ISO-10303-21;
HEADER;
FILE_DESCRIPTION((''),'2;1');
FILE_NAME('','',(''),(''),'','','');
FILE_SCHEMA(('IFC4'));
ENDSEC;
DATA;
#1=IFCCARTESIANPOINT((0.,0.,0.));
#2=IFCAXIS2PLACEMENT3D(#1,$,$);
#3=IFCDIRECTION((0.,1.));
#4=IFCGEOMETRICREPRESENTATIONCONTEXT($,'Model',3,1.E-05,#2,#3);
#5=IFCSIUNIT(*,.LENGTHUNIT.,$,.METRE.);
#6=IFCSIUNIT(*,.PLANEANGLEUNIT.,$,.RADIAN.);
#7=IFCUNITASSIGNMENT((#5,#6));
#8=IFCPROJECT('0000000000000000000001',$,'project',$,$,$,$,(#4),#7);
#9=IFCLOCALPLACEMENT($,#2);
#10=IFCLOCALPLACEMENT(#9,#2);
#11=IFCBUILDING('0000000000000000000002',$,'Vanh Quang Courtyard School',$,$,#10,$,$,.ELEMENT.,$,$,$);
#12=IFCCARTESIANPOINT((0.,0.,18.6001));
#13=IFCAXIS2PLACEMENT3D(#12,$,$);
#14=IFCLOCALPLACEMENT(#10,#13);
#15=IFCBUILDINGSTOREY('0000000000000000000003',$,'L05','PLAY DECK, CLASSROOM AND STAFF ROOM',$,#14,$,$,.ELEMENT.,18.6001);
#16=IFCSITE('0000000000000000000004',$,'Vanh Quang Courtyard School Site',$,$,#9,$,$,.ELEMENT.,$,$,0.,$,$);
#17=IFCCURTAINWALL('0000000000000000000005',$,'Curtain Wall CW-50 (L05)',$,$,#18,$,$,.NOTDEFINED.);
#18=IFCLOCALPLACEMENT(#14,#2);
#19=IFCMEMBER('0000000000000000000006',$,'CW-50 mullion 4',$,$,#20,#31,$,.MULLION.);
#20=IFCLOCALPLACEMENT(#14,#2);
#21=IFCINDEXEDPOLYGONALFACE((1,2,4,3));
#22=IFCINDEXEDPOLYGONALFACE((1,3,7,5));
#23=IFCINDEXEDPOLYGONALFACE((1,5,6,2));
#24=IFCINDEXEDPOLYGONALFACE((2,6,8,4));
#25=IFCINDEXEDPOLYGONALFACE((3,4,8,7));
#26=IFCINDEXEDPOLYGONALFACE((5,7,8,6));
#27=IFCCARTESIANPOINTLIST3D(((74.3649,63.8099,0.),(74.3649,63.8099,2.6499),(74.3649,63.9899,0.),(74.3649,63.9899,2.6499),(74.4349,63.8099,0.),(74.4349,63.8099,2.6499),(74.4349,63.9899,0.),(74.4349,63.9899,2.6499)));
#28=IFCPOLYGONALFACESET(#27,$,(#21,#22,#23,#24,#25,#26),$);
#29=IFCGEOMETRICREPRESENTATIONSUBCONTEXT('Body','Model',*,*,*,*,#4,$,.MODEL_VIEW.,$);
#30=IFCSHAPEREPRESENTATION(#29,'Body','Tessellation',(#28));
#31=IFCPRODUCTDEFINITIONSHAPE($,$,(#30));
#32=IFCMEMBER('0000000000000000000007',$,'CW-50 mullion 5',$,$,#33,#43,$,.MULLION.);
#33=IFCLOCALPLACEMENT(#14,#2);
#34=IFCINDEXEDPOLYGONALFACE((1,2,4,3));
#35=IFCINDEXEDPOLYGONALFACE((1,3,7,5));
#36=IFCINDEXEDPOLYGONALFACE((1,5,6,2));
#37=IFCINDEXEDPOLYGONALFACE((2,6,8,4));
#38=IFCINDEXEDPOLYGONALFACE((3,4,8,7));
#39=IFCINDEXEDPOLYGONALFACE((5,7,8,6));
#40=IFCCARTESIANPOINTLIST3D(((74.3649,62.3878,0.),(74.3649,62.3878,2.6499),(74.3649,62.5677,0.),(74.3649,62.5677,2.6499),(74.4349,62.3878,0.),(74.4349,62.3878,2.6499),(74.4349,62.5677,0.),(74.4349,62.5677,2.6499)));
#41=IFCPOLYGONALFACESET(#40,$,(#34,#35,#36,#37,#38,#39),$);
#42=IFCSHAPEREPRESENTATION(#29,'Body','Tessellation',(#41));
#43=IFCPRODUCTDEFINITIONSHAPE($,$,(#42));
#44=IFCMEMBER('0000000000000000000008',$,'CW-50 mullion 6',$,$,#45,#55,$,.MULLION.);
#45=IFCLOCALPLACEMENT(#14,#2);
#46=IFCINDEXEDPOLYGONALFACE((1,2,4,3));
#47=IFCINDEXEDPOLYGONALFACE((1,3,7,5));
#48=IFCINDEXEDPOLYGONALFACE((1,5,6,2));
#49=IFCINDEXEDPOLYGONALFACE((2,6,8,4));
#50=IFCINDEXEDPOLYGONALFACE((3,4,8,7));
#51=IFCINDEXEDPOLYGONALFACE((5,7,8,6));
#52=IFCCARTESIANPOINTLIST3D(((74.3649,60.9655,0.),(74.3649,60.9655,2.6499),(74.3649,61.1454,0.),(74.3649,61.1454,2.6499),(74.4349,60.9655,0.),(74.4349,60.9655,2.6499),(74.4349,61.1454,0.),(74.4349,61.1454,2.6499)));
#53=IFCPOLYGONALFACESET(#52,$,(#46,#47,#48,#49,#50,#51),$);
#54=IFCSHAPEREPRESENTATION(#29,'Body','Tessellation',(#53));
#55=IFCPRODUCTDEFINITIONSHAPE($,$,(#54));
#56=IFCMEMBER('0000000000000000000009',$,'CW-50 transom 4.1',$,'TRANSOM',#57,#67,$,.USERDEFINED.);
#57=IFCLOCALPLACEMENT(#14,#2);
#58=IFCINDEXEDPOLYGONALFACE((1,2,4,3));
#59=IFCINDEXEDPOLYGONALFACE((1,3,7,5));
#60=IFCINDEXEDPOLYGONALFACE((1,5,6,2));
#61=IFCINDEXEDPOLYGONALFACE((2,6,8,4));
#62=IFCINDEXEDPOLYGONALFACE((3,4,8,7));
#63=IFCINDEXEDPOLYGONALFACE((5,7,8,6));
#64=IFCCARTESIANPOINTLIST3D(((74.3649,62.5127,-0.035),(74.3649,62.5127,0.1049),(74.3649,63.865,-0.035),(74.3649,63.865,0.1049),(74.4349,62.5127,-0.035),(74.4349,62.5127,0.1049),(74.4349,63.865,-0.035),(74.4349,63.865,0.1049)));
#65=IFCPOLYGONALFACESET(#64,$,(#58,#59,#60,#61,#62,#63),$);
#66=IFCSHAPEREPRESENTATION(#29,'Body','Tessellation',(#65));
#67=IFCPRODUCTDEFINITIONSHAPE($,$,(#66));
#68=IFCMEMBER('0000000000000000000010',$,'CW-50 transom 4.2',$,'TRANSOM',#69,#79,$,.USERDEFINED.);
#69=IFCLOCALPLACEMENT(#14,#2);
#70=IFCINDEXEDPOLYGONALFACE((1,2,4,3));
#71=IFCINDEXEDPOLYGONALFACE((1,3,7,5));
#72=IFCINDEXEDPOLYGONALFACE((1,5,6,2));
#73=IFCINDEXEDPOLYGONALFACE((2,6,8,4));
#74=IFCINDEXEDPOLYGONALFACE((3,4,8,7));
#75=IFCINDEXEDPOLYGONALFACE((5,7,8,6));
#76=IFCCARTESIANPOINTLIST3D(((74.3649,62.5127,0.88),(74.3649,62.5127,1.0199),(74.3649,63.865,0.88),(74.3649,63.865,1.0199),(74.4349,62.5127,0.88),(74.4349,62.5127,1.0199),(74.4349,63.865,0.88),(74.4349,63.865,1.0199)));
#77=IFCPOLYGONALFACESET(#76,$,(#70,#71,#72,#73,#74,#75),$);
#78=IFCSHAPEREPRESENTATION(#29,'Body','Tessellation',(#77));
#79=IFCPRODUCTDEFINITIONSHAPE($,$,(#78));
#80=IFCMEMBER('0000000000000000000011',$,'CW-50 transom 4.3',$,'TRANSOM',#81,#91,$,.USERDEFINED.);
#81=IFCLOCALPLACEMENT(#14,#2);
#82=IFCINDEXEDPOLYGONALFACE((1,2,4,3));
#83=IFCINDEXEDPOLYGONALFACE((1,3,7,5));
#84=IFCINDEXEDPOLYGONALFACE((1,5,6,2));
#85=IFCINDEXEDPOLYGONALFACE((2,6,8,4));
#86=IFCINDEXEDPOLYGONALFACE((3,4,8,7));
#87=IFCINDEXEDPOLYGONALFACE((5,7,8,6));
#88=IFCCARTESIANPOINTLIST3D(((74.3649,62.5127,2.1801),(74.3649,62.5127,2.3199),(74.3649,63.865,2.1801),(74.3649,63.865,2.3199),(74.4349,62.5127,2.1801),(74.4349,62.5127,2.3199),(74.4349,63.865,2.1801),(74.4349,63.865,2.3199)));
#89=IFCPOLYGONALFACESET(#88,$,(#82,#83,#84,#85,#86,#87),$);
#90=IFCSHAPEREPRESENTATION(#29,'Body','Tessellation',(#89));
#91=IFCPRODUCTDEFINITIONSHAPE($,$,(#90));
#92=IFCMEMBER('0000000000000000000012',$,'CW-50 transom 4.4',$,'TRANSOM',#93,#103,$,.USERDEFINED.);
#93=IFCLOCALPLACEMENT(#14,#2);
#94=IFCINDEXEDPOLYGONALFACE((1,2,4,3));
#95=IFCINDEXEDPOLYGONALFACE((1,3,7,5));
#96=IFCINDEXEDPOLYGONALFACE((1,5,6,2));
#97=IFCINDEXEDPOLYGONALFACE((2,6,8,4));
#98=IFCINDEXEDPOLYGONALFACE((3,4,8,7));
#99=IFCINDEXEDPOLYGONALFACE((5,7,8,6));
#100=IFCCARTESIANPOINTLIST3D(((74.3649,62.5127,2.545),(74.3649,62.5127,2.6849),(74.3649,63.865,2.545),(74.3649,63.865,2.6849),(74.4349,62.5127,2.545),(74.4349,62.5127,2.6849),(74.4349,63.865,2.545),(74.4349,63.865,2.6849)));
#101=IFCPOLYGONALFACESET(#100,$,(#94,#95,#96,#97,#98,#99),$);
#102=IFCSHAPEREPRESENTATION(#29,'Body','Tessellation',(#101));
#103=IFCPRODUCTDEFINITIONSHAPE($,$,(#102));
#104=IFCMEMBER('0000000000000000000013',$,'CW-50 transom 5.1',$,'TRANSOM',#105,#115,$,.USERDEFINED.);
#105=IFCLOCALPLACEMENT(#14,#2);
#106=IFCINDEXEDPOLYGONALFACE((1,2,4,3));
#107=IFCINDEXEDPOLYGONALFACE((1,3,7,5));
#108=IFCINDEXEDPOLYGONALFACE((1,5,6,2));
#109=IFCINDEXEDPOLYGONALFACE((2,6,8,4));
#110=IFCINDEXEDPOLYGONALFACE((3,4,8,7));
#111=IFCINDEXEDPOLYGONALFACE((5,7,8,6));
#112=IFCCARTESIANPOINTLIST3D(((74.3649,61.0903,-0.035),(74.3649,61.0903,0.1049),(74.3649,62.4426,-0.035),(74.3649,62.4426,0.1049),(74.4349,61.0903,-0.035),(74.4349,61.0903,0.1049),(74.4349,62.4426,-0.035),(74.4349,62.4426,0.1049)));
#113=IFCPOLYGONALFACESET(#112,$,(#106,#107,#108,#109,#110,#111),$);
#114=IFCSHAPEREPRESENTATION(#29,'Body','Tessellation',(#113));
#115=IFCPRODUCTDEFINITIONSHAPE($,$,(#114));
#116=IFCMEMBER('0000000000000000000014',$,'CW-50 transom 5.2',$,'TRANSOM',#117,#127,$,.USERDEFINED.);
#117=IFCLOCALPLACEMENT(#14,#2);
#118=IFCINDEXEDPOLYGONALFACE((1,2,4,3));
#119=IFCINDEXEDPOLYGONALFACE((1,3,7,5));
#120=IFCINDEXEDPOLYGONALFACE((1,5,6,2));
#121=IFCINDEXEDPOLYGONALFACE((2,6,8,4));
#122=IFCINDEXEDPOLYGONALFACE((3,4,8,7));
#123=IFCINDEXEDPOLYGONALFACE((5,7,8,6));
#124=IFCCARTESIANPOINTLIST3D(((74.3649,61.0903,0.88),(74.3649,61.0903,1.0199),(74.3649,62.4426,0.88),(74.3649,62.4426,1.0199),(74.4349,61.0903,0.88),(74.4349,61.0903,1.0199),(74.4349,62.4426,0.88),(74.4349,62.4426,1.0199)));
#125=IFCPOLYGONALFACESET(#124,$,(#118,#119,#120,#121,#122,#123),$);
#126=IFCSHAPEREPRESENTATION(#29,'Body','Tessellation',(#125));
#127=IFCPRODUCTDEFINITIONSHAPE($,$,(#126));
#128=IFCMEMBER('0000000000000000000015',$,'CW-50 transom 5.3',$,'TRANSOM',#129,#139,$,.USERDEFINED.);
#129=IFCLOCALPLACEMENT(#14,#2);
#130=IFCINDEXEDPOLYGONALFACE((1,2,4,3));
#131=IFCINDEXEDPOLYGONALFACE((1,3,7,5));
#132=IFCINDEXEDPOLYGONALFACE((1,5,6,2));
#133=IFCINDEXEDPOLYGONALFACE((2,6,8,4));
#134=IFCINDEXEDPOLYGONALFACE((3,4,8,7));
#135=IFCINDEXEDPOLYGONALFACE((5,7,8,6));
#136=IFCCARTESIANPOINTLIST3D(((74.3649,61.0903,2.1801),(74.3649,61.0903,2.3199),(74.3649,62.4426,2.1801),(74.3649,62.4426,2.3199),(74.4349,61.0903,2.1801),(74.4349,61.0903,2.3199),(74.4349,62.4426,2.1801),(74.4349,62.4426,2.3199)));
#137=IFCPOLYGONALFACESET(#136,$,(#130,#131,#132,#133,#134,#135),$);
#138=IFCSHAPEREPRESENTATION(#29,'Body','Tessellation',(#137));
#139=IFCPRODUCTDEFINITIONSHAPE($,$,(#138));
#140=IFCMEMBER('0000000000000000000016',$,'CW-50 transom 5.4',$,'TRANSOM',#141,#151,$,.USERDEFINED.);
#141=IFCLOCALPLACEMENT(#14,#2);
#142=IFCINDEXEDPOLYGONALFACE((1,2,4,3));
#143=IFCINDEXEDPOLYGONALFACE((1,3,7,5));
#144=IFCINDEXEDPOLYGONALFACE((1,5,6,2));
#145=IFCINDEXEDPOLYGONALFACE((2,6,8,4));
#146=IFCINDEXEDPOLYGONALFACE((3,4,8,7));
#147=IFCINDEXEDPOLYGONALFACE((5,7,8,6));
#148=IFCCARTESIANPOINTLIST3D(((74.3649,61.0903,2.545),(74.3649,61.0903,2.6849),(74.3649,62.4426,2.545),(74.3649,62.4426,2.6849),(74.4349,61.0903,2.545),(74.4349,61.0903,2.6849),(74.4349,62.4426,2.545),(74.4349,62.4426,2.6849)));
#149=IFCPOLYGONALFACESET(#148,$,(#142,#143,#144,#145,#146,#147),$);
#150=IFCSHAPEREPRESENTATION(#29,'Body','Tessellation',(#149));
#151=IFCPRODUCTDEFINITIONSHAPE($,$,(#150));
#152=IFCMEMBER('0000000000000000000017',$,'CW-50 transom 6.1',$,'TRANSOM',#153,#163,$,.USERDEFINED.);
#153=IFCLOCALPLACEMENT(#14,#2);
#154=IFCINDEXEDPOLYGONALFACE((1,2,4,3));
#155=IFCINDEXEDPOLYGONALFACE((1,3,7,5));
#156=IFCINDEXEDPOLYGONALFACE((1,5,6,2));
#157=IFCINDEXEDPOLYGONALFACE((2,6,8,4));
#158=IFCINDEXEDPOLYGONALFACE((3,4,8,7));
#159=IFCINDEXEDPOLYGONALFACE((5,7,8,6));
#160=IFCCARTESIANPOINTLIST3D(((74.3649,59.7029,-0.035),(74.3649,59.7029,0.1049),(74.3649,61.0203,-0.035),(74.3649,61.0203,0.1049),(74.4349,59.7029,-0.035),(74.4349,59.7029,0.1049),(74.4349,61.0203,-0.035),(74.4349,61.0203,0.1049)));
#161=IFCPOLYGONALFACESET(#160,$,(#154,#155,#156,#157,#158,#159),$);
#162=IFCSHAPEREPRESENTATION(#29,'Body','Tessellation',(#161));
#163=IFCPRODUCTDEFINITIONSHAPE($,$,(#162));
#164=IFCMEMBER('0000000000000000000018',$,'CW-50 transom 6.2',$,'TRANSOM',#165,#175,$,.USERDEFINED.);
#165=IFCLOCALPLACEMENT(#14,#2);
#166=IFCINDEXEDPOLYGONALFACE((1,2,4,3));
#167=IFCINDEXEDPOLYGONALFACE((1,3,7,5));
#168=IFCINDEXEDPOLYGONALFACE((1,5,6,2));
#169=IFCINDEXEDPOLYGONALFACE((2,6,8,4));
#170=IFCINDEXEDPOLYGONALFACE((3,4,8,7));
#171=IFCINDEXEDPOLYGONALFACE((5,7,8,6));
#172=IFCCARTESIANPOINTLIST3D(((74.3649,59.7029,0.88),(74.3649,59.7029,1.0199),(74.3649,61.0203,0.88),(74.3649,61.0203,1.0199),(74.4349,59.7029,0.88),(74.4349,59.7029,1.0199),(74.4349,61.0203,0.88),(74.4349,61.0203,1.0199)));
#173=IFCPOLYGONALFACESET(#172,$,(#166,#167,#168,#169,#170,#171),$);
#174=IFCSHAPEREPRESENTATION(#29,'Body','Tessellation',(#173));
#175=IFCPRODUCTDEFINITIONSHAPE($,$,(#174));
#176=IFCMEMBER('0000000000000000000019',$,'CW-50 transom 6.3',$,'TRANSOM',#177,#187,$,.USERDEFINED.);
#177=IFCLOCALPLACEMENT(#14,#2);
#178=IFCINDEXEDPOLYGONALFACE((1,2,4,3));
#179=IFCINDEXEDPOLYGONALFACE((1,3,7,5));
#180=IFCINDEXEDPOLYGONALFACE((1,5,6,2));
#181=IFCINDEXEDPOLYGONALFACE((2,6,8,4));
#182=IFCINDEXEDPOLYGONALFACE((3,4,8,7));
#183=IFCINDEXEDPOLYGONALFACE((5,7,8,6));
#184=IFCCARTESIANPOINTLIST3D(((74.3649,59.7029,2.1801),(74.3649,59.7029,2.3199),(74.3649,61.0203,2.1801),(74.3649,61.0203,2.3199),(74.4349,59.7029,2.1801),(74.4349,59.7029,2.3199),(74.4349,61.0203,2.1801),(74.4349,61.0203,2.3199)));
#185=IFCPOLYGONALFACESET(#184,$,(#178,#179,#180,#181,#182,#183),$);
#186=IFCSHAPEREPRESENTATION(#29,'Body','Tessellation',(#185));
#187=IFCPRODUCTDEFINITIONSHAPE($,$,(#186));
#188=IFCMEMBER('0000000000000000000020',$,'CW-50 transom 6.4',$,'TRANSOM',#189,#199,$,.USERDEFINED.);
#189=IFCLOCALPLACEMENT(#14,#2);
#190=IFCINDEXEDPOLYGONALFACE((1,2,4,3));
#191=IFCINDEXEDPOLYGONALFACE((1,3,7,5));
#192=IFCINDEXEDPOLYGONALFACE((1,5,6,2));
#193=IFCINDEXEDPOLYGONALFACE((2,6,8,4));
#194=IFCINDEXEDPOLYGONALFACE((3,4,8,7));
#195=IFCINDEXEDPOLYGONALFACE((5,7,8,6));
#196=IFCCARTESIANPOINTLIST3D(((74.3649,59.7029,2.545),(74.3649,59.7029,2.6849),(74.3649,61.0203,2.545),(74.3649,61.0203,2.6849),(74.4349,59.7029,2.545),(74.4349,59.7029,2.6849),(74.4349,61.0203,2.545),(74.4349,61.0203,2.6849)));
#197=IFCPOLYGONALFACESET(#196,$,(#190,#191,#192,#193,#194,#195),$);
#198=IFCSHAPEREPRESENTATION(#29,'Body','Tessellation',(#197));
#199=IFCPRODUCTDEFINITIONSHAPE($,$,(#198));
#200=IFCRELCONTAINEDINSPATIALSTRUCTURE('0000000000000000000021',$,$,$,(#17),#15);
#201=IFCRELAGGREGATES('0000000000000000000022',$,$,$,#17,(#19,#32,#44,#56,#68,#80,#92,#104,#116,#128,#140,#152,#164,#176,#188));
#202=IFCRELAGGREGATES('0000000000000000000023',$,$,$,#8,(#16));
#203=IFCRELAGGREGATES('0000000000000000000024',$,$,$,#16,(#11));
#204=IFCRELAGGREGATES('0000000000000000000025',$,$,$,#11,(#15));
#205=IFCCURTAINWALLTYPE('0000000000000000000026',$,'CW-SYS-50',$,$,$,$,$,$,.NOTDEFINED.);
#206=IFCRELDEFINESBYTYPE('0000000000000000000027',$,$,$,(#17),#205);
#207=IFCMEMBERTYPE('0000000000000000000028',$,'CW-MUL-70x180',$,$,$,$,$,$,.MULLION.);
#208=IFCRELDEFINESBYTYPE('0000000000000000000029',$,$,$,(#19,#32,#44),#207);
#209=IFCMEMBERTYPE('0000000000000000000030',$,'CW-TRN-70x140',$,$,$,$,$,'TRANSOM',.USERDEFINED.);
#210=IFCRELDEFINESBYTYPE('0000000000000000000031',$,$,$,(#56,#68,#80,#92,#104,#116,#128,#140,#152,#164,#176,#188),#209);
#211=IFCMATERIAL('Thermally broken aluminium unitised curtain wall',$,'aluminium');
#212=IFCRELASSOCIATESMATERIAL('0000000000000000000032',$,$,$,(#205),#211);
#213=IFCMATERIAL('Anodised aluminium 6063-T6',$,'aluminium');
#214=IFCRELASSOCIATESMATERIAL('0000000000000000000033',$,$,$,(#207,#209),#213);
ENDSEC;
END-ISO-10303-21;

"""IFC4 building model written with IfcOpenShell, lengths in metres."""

from ifc_helpers import new_model, si_unit, direction, frame, origin, origin_2d, place, context, subcontext, project, spatial, rectangle, extrude, material, material_profile, profile_set, type_object, element, aggregate, save


model = new_model("IFC4")

# Units and contexts
model_context = context("Model", 3, precision=1e-05, world=origin(), true_north=direction((0.0, 1.0)))
body_context = subcontext(model_context, "Body", "Model", "MODEL_VIEW")
ifc_project = project(units=[si_unit("LENGTHUNIT", "METRE"), si_unit("PLANEANGLEUNIT", "RADIAN")], contexts=[model_context])

# Site, building, storey
site_placement = place(None, origin())
site = spatial("IfcSite", under=ifc_project, at=site_placement, Name="Vanh Quang Courtyard School Site", CompositionType="ELEMENT", RefElevation=0.0)
building_placement = place(site_placement, origin())
building = spatial("IfcBuilding", under=site, at=building_placement, Name="Vanh Quang Courtyard School", CompositionType="ELEMENT")
storey_placement = place(building_placement, frame((0.0, 0.0, 18.6001)))
storey = spatial("IfcBuildingStorey", under=building, at=storey_placement, Name="L05", Description="PLAY DECK, CLASSROOM AND STAFF ROOM", CompositionType="ELEMENT", Elevation=18.6001)

# Curtain wall, members
ifc_material_1 = material(Name="Thermally broken aluminium unitised curtain wall", Category="aluminium")
curtain_wall_type_1 = type_object("IfcCurtainWallType", Name="CW-SYS-50", PredefinedType="NOTDEFINED", material=ifc_material_1)
curtain_wall_1_placement = place(storey_placement, origin())
curtain_wall_1 = element("IfcCurtainWall", 1, at=curtain_wall_1_placement, inside=storey, type_object=curtain_wall_type_1, Name="Curtain Wall CW-50 (L05)", PredefinedType="NOTDEFINED")
ifc_material_2 = material(Name="Anodised aluminium 6063-T6", Category="aluminium")
ifc_material_profile_1 = material_profile(ifc_material_2, rectangle(XDim=0.0701, YDim=0.1799, at=origin_2d()), Name="ALU-MUL 70x180")
ifc_profile_set_1 = profile_set([ifc_material_profile_1], Name="Anodised aluminium 6063-T6")
member_type_1 = type_object("IfcMemberType", Name="CW-MUL-70x180", PredefinedType="MULLION", material=ifc_profile_set_1)
member_1_placement = place(storey_placement, frame((74.3999, 63.8999, 0.0), z_axis=(0.0, 0.0, 1.0), x_axis=(1.0, 0.0, 0.0)))
member_1 = element("IfcMember", 2, at=member_1_placement, type_object=member_type_1, Name="CW-50 mullion 4", PredefinedType="MULLION", context=body_context, shape_type="SweptSolid", body=[
    extrude(rectangle(XDim=0.0701, YDim=0.1799, at=origin_2d()), origin(), (0.0, 0.0, 1.0), 2.6499),
])
member_2_placement = place(storey_placement, frame((74.3999, 62.4778, 0.0), z_axis=(0.0, 0.0, 1.0), x_axis=(1.0, 0.0, 0.0)))
member_2 = element("IfcMember", 3, at=member_2_placement, type_object=member_type_1, Name="CW-50 mullion 5", PredefinedType="MULLION", context=body_context, shape_type="SweptSolid", body=[
    extrude(rectangle(XDim=0.0701, YDim=0.1799, at=origin_2d()), origin(), (0.0, 0.0, 1.0), 2.6499),
])
member_3_placement = place(storey_placement, frame((74.3999, 61.0554, 0.0), z_axis=(0.0, 0.0, 1.0), x_axis=(1.0, 0.0, 0.0)))
member_3 = element("IfcMember", 4, at=member_3_placement, type_object=member_type_1, Name="CW-50 mullion 6", PredefinedType="MULLION", context=body_context, shape_type="SweptSolid", body=[
    extrude(rectangle(XDim=0.0701, YDim=0.1799, at=origin_2d()), origin(), (0.0, 0.0, 1.0), 2.6499),
])
ifc_material_profile_2 = material_profile(ifc_material_2, rectangle(XDim=0.0701, YDim=0.1399, at=origin_2d()), Name="ALU-TRN 70x140")
ifc_profile_set_2 = profile_set([ifc_material_profile_2], Name="Anodised aluminium 6063-T6")
member_type_2 = type_object("IfcMemberType", Name="CW-TRN-70x140", ElementType="TRANSOM", PredefinedType="USERDEFINED", material=ifc_profile_set_2)
member_4_placement = place(storey_placement, frame((74.3999, 63.865, 0.0349), z_axis=(0.0, -1.0, 0.0), x_axis=(1.0, 0.0, 0.0)))
member_4 = element("IfcMember", 5, at=member_4_placement, type_object=member_type_2, Name="CW-50 transom 4.1", ObjectType="TRANSOM", PredefinedType="USERDEFINED", context=body_context, shape_type="SweptSolid", body=[
    extrude(rectangle(XDim=0.0701, YDim=0.1399, at=origin_2d()), origin(), (0.0, 0.0, 1.0), 1.3523),
])
member_5_placement = place(storey_placement, frame((74.3999, 63.865, 0.95), z_axis=(0.0, -1.0, 0.0), x_axis=(1.0, 0.0, 0.0)))
member_5 = element("IfcMember", 6, at=member_5_placement, type_object=member_type_2, Name="CW-50 transom 4.2", ObjectType="TRANSOM", PredefinedType="USERDEFINED", context=body_context, shape_type="SweptSolid", body=[
    extrude(rectangle(XDim=0.0701, YDim=0.1399, at=origin_2d()), origin(), (0.0, 0.0, 1.0), 1.3523),
])
member_6_placement = place(storey_placement, frame((74.3999, 63.865, 2.25), z_axis=(0.0, -1.0, 0.0), x_axis=(1.0, 0.0, 0.0)))
member_6 = element("IfcMember", 7, at=member_6_placement, type_object=member_type_2, Name="CW-50 transom 4.3", ObjectType="TRANSOM", PredefinedType="USERDEFINED", context=body_context, shape_type="SweptSolid", body=[
    extrude(rectangle(XDim=0.0701, YDim=0.1399, at=origin_2d()), origin(), (0.0, 0.0, 1.0), 1.3523),
])
member_7_placement = place(storey_placement, frame((74.3999, 63.865, 2.615), z_axis=(0.0, -1.0, 0.0), x_axis=(1.0, 0.0, 0.0)))
member_7 = element("IfcMember", 8, at=member_7_placement, type_object=member_type_2, Name="CW-50 transom 4.4", ObjectType="TRANSOM", PredefinedType="USERDEFINED", context=body_context, shape_type="SweptSolid", body=[
    extrude(rectangle(XDim=0.0701, YDim=0.1399, at=origin_2d()), origin(), (0.0, 0.0, 1.0), 1.3523),
])
member_8_placement = place(storey_placement, frame((74.3999, 62.4426, 0.0349), z_axis=(0.0, -1.0, 0.0), x_axis=(1.0, 0.0, 0.0)))
member_8 = element("IfcMember", 9, at=member_8_placement, type_object=member_type_2, Name="CW-50 transom 5.1", ObjectType="TRANSOM", PredefinedType="USERDEFINED", context=body_context, shape_type="SweptSolid", body=[
    extrude(rectangle(XDim=0.0701, YDim=0.1399, at=origin_2d()), origin(), (0.0, 0.0, 1.0), 1.3523),
])
member_9_placement = place(storey_placement, frame((74.3999, 62.4426, 0.95), z_axis=(0.0, -1.0, 0.0), x_axis=(1.0, 0.0, 0.0)))
member_9 = element("IfcMember", 10, at=member_9_placement, type_object=member_type_2, Name="CW-50 transom 5.2", ObjectType="TRANSOM", PredefinedType="USERDEFINED", context=body_context, shape_type="SweptSolid", body=[
    extrude(rectangle(XDim=0.0701, YDim=0.1399, at=origin_2d()), origin(), (0.0, 0.0, 1.0), 1.3523),
])
member_10_placement = place(storey_placement, frame((74.3999, 62.4426, 2.25), z_axis=(0.0, -1.0, 0.0), x_axis=(1.0, 0.0, 0.0)))
member_10 = element("IfcMember", 11, at=member_10_placement, type_object=member_type_2, Name="CW-50 transom 5.3", ObjectType="TRANSOM", PredefinedType="USERDEFINED", context=body_context, shape_type="SweptSolid", body=[
    extrude(rectangle(XDim=0.0701, YDim=0.1399, at=origin_2d()), origin(), (0.0, 0.0, 1.0), 1.3523),
])
member_11_placement = place(storey_placement, frame((74.3999, 62.4426, 2.615), z_axis=(0.0, -1.0, 0.0), x_axis=(1.0, 0.0, 0.0)))
member_11 = element("IfcMember", 12, at=member_11_placement, type_object=member_type_2, Name="CW-50 transom 5.4", ObjectType="TRANSOM", PredefinedType="USERDEFINED", context=body_context, shape_type="SweptSolid", body=[
    extrude(rectangle(XDim=0.0701, YDim=0.1399, at=origin_2d()), origin(), (0.0, 0.0, 1.0), 1.3523),
])
member_12_placement = place(storey_placement, frame((74.3999, 61.0203, 0.0349), z_axis=(0.0, -1.0, 0.0), x_axis=(1.0, 0.0, 0.0)))
member_12 = element("IfcMember", 13, at=member_12_placement, type_object=member_type_2, Name="CW-50 transom 6.1", ObjectType="TRANSOM", PredefinedType="USERDEFINED", context=body_context, shape_type="SweptSolid", body=[
    extrude(rectangle(XDim=0.0701, YDim=0.1399, at=origin_2d()), origin(), (0.0, 0.0, 1.0), 1.3174),
])
member_13_placement = place(storey_placement, frame((74.3999, 61.0203, 0.95), z_axis=(0.0, -1.0, 0.0), x_axis=(1.0, 0.0, 0.0)))
member_13 = element("IfcMember", 14, at=member_13_placement, type_object=member_type_2, Name="CW-50 transom 6.2", ObjectType="TRANSOM", PredefinedType="USERDEFINED", context=body_context, shape_type="SweptSolid", body=[
    extrude(rectangle(XDim=0.0701, YDim=0.1399, at=origin_2d()), origin(), (0.0, 0.0, 1.0), 1.3174),
])
member_14_placement = place(storey_placement, frame((74.3999, 61.0203, 2.25), z_axis=(0.0, -1.0, 0.0), x_axis=(1.0, 0.0, 0.0)))
member_14 = element("IfcMember", 15, at=member_14_placement, type_object=member_type_2, Name="CW-50 transom 6.3", ObjectType="TRANSOM", PredefinedType="USERDEFINED", context=body_context, shape_type="SweptSolid", body=[
    extrude(rectangle(XDim=0.0701, YDim=0.1399, at=origin_2d()), origin(), (0.0, 0.0, 1.0), 1.3174),
])
member_15_placement = place(storey_placement, frame((74.3999, 61.0203, 2.615), z_axis=(0.0, -1.0, 0.0), x_axis=(1.0, 0.0, 0.0)))
member_15 = element("IfcMember", 16, at=member_15_placement, type_object=member_type_2, Name="CW-50 transom 6.4", ObjectType="TRANSOM", PredefinedType="USERDEFINED", context=body_context, shape_type="SweptSolid", body=[
    extrude(rectangle(XDim=0.0701, YDim=0.1399, at=origin_2d()), origin(), (0.0, 0.0, 1.0), 1.3174),
])

aggregate(curtain_wall_1, [member_1, member_2, member_3, member_4, member_5, member_6, member_7, member_8, member_9, member_10, member_11, member_12, member_13, member_14, member_15])

save(model, "model.ifc")
